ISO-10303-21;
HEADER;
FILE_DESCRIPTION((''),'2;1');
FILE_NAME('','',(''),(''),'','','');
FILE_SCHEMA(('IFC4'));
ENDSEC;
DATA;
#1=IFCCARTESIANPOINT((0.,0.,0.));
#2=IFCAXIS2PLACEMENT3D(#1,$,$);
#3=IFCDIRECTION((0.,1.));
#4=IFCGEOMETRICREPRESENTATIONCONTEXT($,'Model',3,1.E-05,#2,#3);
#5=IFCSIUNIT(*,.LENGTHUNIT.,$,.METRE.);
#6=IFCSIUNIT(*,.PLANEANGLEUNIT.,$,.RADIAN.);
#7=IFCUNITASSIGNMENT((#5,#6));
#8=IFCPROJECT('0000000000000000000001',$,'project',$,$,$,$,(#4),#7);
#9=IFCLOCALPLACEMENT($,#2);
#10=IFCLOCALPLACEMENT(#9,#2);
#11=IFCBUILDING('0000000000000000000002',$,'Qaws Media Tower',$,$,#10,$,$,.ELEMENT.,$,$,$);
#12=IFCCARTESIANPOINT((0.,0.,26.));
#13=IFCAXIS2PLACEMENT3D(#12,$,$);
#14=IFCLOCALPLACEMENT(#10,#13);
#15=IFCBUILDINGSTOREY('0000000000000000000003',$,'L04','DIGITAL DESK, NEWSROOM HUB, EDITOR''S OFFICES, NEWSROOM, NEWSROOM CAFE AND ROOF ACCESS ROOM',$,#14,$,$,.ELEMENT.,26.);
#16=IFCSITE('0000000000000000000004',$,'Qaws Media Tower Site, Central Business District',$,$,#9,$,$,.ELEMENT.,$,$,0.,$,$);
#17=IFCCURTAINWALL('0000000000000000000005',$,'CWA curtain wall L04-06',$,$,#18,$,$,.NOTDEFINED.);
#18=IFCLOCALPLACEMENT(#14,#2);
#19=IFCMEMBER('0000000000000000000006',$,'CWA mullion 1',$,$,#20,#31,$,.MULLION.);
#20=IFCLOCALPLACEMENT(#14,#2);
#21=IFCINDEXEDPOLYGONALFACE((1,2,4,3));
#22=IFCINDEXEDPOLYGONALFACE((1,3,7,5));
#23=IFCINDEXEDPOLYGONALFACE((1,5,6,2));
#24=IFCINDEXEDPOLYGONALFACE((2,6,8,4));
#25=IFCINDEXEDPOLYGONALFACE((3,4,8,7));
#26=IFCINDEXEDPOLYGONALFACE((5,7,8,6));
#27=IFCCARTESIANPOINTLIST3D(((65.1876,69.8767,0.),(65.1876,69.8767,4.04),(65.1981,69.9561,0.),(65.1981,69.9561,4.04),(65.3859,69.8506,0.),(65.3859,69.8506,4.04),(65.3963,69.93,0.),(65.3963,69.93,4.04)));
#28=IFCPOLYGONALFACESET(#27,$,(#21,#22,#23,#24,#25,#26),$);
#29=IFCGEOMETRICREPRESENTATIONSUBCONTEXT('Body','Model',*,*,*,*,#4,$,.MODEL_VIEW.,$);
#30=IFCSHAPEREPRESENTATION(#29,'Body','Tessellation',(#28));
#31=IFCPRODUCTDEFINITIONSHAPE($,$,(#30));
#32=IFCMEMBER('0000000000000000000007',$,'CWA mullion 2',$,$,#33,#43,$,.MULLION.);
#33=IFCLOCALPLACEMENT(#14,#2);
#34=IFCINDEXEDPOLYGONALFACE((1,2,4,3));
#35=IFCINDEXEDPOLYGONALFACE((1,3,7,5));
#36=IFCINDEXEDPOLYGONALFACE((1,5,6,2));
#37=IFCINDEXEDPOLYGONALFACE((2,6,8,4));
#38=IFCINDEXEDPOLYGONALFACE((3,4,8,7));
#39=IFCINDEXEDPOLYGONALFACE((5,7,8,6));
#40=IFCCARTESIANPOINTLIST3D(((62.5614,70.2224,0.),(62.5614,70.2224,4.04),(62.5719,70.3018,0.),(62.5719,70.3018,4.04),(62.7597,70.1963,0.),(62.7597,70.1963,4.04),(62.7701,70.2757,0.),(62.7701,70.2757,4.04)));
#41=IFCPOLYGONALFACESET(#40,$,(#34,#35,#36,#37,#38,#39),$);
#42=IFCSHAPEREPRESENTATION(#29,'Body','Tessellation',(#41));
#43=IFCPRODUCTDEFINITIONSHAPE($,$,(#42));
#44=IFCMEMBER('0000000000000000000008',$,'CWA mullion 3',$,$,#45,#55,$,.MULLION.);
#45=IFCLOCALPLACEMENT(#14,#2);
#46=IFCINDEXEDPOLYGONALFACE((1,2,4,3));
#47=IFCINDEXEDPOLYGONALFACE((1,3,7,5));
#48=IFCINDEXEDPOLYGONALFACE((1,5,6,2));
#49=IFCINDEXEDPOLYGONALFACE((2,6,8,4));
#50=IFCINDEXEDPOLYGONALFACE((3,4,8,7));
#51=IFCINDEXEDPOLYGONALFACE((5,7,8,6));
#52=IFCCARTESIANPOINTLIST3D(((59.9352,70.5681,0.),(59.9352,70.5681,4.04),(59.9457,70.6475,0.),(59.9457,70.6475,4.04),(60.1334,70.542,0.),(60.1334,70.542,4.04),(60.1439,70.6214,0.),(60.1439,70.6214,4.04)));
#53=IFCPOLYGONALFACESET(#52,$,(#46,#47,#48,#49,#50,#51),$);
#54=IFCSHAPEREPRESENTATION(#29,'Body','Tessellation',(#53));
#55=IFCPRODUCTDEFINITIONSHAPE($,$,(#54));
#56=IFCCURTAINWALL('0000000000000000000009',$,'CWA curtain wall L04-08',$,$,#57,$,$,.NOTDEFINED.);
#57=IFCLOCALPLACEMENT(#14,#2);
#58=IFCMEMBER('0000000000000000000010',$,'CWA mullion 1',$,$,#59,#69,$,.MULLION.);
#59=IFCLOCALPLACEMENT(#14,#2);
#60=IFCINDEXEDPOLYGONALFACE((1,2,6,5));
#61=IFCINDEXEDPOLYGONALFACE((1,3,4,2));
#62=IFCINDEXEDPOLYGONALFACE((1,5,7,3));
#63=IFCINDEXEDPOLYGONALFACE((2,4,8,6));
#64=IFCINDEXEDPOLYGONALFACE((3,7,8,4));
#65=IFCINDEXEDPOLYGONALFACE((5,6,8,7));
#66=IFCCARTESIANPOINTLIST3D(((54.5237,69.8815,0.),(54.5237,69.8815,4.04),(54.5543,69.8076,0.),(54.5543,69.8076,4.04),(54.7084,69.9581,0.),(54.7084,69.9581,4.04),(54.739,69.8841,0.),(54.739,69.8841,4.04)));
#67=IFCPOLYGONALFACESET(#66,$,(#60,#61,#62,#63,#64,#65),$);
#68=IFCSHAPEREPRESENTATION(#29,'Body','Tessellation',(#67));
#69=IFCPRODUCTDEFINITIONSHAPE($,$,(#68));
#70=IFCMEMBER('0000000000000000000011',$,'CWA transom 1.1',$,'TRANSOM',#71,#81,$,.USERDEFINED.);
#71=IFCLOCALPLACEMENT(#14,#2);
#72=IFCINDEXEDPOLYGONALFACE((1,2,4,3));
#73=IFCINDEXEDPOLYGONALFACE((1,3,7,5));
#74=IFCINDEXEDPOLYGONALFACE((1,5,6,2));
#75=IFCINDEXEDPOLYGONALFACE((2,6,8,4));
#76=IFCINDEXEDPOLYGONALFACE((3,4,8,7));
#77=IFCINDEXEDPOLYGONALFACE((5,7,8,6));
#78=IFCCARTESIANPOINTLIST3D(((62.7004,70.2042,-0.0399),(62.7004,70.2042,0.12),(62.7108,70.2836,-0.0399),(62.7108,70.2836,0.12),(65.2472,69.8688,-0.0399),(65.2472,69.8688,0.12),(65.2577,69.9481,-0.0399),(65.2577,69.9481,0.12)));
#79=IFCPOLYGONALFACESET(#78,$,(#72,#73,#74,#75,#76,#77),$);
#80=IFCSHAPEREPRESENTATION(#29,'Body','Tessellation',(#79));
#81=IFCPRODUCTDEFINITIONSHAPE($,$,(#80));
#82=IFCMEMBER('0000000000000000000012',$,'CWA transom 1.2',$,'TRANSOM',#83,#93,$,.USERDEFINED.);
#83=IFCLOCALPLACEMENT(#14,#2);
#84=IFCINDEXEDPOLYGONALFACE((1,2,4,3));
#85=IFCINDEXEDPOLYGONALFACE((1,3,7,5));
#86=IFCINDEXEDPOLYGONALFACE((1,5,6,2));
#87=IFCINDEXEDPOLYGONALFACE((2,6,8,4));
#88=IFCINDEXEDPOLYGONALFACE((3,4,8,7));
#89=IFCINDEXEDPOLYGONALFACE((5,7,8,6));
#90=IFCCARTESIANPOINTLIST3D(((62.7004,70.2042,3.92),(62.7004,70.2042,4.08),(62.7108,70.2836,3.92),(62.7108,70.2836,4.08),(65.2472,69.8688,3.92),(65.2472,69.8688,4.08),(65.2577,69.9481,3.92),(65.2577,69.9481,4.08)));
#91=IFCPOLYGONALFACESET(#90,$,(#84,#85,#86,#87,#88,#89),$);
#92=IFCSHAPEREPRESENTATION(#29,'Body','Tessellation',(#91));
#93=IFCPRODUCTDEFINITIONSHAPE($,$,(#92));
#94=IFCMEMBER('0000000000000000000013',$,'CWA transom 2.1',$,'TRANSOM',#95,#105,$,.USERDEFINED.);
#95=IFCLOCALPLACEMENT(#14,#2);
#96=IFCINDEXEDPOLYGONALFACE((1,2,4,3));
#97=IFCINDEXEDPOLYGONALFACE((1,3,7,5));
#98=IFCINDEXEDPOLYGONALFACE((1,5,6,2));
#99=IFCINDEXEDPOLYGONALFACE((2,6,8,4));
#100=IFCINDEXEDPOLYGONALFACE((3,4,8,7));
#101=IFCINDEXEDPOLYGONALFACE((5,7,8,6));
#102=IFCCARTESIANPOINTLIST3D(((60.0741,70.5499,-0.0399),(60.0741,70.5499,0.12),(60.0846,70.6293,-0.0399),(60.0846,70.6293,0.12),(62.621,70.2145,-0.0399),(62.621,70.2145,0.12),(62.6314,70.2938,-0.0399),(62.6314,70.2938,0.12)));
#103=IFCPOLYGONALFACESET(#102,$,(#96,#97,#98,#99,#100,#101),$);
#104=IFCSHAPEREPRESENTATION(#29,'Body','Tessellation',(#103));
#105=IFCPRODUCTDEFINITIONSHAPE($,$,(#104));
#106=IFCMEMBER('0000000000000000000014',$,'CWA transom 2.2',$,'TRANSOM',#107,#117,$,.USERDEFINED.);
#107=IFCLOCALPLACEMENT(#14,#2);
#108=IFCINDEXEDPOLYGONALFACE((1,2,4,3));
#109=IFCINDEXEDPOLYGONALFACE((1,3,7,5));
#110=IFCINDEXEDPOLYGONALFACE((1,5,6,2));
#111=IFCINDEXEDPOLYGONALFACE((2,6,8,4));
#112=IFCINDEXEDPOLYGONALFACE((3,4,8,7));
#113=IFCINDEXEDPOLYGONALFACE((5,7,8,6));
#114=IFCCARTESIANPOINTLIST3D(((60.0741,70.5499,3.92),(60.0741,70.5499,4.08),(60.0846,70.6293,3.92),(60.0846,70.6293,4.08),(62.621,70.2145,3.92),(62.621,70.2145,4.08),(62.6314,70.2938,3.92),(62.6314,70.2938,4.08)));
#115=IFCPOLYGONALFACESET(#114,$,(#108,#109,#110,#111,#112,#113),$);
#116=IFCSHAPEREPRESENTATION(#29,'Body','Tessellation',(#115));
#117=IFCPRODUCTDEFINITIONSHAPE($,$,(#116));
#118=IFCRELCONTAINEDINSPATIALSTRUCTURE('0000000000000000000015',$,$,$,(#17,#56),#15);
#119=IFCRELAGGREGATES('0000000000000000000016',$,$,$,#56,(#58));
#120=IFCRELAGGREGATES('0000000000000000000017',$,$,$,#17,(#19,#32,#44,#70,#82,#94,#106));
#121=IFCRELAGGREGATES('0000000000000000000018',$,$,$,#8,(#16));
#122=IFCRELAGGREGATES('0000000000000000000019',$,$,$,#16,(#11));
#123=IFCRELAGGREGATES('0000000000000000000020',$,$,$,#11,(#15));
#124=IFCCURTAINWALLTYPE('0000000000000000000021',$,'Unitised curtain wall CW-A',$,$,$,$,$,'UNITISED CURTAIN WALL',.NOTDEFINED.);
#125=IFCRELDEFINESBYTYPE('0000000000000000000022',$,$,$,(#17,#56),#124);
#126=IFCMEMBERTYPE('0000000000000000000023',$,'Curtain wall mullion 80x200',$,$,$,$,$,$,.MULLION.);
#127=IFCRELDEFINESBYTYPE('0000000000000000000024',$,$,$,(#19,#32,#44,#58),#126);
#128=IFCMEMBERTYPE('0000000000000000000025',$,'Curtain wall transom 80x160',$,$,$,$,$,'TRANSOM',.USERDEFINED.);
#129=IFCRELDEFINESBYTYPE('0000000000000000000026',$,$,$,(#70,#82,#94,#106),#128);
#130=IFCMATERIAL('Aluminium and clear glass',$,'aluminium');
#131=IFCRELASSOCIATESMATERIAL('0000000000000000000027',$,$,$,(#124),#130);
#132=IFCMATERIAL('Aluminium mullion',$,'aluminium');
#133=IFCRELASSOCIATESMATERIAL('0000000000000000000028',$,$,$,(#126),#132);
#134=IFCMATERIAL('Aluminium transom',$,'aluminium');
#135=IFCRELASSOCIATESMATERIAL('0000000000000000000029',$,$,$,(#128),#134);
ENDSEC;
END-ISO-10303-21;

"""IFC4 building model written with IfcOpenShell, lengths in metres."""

from ifc_helpers import new_model, si_unit, direction, frame, origin, origin_2d, place, context, subcontext, project, spatial, rectangle, extrude, material, material_profile, profile_set, type_object, element, aggregate, save


model = new_model("IFC4")

# Units and contexts
model_context = context("Model", 3, precision=1e-05, world=origin(), true_north=direction((0.0, 1.0)))
body_context = subcontext(model_context, "Body", "Model", "MODEL_VIEW")
ifc_project = project(units=[si_unit("LENGTHUNIT", "METRE"), si_unit("PLANEANGLEUNIT", "RADIAN")], contexts=[model_context])

# Site, building, storey
site_placement = place(None, origin())
site = spatial("IfcSite", under=ifc_project, at=site_placement, Name="Qaws Media Tower Site, Central Business District", CompositionType="ELEMENT", RefElevation=0.0)
building_placement = place(site_placement, origin())
building = spatial("IfcBuilding", under=site, at=building_placement, Name="Qaws Media Tower", CompositionType="ELEMENT")
storey_placement = place(building_placement, frame((0.0, 0.0, 26.0)))
storey = spatial("IfcBuildingStorey", under=building, at=storey_placement, Name="L04", Description="DIGITAL DESK, NEWSROOM HUB, EDITOR'S OFFICES, NEWSROOM, NEWSROOM CAFE AND ROOF ACCESS ROOM", CompositionType="ELEMENT", Elevation=26.0)

# Curtain wall, members
ifc_material_1 = material(Name="Aluminium and clear glass", Category="aluminium")
curtain_wall_type = type_object("IfcCurtainWallType", Name="Unitised curtain wall CW-A", ElementType="UNITISED CURTAIN WALL", PredefinedType="NOTDEFINED", material=ifc_material_1)
curtain_wall_1_placement = place(storey_placement, origin())
curtain_wall_1 = element("IfcCurtainWall", 1, at=curtain_wall_1_placement, inside=storey, type_object=curtain_wall_type, Name="CWA curtain wall L04-06", PredefinedType="NOTDEFINED")
ifc_material_2 = material(Name="Aluminium mullion", Category="aluminium")
ifc_material_profile_1 = material_profile(ifc_material_2, rectangle(XDim=0.0801, YDim=0.2, at=origin_2d()), Name="80x200")
ifc_profile_set_1 = profile_set([ifc_material_profile_1], Name="Aluminium mullion")
member_type_1 = type_object("IfcMemberType", Name="Curtain wall mullion 80x200", PredefinedType="MULLION", material=ifc_profile_set_1)
member_1_placement = place(storey_placement, frame((65.292, 69.9033, 0.0), z_axis=(0.0, 0.0, 1.0), x_axis=(-0.130526, -0.991445, 0.0)))
member_1 = element("IfcMember", 2, at=member_1_placement, type_object=member_type_1, Name="CWA mullion 1", PredefinedType="MULLION", context=body_context, shape_type="SweptSolid", body=[
    extrude(rectangle(XDim=0.0801, YDim=0.2, at=origin_2d()), origin(), (0.0, 0.0, 1.0), 4.04),
])
member_2_placement = place(storey_placement, frame((62.6658, 70.249, 0.0), z_axis=(0.0, 0.0, 1.0), x_axis=(-0.130526, -0.991445, 0.0)))
member_2 = element("IfcMember", 3, at=member_2_placement, type_object=member_type_1, Name="CWA mullion 2", PredefinedType="MULLION", context=body_context, shape_type="SweptSolid", body=[
    extrude(rectangle(XDim=0.0801, YDim=0.2, at=origin_2d()), origin(), (0.0, 0.0, 1.0), 4.04),
])
member_3_placement = place(storey_placement, frame((60.0396, 70.5947, 0.0), z_axis=(0.0, 0.0, 1.0), x_axis=(-0.130526, -0.991445, 0.0)))
member_3 = element("IfcMember", 4, at=member_3_placement, type_object=member_type_1, Name="CWA mullion 3", PredefinedType="MULLION", context=body_context, shape_type="SweptSolid", body=[
    extrude(rectangle(XDim=0.0801, YDim=0.2, at=origin_2d()), origin(), (0.0, 0.0, 1.0), 4.04),
])

# Curtain wall, member
curtain_wall_2_placement = place(storey_placement, origin())
curtain_wall_2 = element("IfcCurtainWall", 5, at=curtain_wall_2_placement, inside=storey, type_object=curtain_wall_type, Name="CWA curtain wall L04-08", PredefinedType="NOTDEFINED")
member_4_placement = place(storey_placement, frame((54.6313, 69.8828, 0.0), z_axis=(0.0, 0.0, 1.0), x_axis=(0.382683, -0.92388, 0.0)))
member_4 = element("IfcMember", 6, at=member_4_placement, type_object=member_type_1, Name="CWA mullion 1", PredefinedType="MULLION", context=body_context, shape_type="SweptSolid", body=[
    extrude(rectangle(XDim=0.0801, YDim=0.2, at=origin_2d()), origin(), (0.0, 0.0, 1.0), 4.04),
])
aggregate(curtain_wall_2, [member_4])

# Members
ifc_material_3 = material(Name="Aluminium transom", Category="aluminium")
ifc_material_profile_2 = material_profile(ifc_material_3, rectangle(XDim=0.0801, YDim=0.1599, at=origin_2d()), Name="80x160")
ifc_profile_set_2 = profile_set([ifc_material_profile_2], Name="Aluminium transom")
member_type_2 = type_object("IfcMemberType", Name="Curtain wall transom 80x160", ElementType="TRANSOM", PredefinedType="USERDEFINED", material=ifc_profile_set_2)
member_5_placement = place(storey_placement, frame((65.2524, 69.9084, 0.04), z_axis=(-0.991437, 0.130582, 0.0), x_axis=(-0.130582, -0.991437, 0.0)))
member_5 = element("IfcMember", 7, at=member_5_placement, type_object=member_type_2, Name="CWA transom 1.1", ObjectType="TRANSOM", PredefinedType="USERDEFINED", context=body_context, shape_type="SweptSolid", body=[
    extrude(rectangle(XDim=0.0801, YDim=0.1599, at=origin_2d()), origin(), (0.0, 0.0, 1.0), 2.5688),
])
member_6_placement = place(storey_placement, frame((65.2524, 69.9084, 4.0), z_axis=(-0.991437, 0.130582, 0.0), x_axis=(-0.130582, -0.991437, 0.0)))
member_6 = element("IfcMember", 8, at=member_6_placement, type_object=member_type_2, Name="CWA transom 1.2", ObjectType="TRANSOM", PredefinedType="USERDEFINED", context=body_context, shape_type="SweptSolid", body=[
    extrude(rectangle(XDim=0.0801, YDim=0.1599, at=origin_2d()), origin(), (0.0, 0.0, 1.0), 2.5688),
])
member_7_placement = place(storey_placement, frame((62.6262, 70.2542, 0.04), z_axis=(-0.991437, 0.130582, 0.0), x_axis=(-0.130582, -0.991437, 0.0)))
member_7 = element("IfcMember", 9, at=member_7_placement, type_object=member_type_2, Name="CWA transom 2.1", ObjectType="TRANSOM", PredefinedType="USERDEFINED", context=body_context, shape_type="SweptSolid", body=[
    extrude(rectangle(XDim=0.0801, YDim=0.1599, at=origin_2d()), origin(), (0.0, 0.0, 1.0), 2.5688),
])
member_8_placement = place(storey_placement, frame((62.6262, 70.2542, 4.0), z_axis=(-0.991437, 0.130582, 0.0), x_axis=(-0.130582, -0.991437, 0.0)))
member_8 = element("IfcMember", 10, at=member_8_placement, type_object=member_type_2, Name="CWA transom 2.2", ObjectType="TRANSOM", PredefinedType="USERDEFINED", context=body_context, shape_type="SweptSolid", body=[
    extrude(rectangle(XDim=0.0801, YDim=0.1599, at=origin_2d()), origin(), (0.0, 0.0, 1.0), 2.5688),
])

aggregate(curtain_wall_1, [member_1, member_2, member_3, member_5, member_6, member_7, member_8])

save(model, "model.ifc")
